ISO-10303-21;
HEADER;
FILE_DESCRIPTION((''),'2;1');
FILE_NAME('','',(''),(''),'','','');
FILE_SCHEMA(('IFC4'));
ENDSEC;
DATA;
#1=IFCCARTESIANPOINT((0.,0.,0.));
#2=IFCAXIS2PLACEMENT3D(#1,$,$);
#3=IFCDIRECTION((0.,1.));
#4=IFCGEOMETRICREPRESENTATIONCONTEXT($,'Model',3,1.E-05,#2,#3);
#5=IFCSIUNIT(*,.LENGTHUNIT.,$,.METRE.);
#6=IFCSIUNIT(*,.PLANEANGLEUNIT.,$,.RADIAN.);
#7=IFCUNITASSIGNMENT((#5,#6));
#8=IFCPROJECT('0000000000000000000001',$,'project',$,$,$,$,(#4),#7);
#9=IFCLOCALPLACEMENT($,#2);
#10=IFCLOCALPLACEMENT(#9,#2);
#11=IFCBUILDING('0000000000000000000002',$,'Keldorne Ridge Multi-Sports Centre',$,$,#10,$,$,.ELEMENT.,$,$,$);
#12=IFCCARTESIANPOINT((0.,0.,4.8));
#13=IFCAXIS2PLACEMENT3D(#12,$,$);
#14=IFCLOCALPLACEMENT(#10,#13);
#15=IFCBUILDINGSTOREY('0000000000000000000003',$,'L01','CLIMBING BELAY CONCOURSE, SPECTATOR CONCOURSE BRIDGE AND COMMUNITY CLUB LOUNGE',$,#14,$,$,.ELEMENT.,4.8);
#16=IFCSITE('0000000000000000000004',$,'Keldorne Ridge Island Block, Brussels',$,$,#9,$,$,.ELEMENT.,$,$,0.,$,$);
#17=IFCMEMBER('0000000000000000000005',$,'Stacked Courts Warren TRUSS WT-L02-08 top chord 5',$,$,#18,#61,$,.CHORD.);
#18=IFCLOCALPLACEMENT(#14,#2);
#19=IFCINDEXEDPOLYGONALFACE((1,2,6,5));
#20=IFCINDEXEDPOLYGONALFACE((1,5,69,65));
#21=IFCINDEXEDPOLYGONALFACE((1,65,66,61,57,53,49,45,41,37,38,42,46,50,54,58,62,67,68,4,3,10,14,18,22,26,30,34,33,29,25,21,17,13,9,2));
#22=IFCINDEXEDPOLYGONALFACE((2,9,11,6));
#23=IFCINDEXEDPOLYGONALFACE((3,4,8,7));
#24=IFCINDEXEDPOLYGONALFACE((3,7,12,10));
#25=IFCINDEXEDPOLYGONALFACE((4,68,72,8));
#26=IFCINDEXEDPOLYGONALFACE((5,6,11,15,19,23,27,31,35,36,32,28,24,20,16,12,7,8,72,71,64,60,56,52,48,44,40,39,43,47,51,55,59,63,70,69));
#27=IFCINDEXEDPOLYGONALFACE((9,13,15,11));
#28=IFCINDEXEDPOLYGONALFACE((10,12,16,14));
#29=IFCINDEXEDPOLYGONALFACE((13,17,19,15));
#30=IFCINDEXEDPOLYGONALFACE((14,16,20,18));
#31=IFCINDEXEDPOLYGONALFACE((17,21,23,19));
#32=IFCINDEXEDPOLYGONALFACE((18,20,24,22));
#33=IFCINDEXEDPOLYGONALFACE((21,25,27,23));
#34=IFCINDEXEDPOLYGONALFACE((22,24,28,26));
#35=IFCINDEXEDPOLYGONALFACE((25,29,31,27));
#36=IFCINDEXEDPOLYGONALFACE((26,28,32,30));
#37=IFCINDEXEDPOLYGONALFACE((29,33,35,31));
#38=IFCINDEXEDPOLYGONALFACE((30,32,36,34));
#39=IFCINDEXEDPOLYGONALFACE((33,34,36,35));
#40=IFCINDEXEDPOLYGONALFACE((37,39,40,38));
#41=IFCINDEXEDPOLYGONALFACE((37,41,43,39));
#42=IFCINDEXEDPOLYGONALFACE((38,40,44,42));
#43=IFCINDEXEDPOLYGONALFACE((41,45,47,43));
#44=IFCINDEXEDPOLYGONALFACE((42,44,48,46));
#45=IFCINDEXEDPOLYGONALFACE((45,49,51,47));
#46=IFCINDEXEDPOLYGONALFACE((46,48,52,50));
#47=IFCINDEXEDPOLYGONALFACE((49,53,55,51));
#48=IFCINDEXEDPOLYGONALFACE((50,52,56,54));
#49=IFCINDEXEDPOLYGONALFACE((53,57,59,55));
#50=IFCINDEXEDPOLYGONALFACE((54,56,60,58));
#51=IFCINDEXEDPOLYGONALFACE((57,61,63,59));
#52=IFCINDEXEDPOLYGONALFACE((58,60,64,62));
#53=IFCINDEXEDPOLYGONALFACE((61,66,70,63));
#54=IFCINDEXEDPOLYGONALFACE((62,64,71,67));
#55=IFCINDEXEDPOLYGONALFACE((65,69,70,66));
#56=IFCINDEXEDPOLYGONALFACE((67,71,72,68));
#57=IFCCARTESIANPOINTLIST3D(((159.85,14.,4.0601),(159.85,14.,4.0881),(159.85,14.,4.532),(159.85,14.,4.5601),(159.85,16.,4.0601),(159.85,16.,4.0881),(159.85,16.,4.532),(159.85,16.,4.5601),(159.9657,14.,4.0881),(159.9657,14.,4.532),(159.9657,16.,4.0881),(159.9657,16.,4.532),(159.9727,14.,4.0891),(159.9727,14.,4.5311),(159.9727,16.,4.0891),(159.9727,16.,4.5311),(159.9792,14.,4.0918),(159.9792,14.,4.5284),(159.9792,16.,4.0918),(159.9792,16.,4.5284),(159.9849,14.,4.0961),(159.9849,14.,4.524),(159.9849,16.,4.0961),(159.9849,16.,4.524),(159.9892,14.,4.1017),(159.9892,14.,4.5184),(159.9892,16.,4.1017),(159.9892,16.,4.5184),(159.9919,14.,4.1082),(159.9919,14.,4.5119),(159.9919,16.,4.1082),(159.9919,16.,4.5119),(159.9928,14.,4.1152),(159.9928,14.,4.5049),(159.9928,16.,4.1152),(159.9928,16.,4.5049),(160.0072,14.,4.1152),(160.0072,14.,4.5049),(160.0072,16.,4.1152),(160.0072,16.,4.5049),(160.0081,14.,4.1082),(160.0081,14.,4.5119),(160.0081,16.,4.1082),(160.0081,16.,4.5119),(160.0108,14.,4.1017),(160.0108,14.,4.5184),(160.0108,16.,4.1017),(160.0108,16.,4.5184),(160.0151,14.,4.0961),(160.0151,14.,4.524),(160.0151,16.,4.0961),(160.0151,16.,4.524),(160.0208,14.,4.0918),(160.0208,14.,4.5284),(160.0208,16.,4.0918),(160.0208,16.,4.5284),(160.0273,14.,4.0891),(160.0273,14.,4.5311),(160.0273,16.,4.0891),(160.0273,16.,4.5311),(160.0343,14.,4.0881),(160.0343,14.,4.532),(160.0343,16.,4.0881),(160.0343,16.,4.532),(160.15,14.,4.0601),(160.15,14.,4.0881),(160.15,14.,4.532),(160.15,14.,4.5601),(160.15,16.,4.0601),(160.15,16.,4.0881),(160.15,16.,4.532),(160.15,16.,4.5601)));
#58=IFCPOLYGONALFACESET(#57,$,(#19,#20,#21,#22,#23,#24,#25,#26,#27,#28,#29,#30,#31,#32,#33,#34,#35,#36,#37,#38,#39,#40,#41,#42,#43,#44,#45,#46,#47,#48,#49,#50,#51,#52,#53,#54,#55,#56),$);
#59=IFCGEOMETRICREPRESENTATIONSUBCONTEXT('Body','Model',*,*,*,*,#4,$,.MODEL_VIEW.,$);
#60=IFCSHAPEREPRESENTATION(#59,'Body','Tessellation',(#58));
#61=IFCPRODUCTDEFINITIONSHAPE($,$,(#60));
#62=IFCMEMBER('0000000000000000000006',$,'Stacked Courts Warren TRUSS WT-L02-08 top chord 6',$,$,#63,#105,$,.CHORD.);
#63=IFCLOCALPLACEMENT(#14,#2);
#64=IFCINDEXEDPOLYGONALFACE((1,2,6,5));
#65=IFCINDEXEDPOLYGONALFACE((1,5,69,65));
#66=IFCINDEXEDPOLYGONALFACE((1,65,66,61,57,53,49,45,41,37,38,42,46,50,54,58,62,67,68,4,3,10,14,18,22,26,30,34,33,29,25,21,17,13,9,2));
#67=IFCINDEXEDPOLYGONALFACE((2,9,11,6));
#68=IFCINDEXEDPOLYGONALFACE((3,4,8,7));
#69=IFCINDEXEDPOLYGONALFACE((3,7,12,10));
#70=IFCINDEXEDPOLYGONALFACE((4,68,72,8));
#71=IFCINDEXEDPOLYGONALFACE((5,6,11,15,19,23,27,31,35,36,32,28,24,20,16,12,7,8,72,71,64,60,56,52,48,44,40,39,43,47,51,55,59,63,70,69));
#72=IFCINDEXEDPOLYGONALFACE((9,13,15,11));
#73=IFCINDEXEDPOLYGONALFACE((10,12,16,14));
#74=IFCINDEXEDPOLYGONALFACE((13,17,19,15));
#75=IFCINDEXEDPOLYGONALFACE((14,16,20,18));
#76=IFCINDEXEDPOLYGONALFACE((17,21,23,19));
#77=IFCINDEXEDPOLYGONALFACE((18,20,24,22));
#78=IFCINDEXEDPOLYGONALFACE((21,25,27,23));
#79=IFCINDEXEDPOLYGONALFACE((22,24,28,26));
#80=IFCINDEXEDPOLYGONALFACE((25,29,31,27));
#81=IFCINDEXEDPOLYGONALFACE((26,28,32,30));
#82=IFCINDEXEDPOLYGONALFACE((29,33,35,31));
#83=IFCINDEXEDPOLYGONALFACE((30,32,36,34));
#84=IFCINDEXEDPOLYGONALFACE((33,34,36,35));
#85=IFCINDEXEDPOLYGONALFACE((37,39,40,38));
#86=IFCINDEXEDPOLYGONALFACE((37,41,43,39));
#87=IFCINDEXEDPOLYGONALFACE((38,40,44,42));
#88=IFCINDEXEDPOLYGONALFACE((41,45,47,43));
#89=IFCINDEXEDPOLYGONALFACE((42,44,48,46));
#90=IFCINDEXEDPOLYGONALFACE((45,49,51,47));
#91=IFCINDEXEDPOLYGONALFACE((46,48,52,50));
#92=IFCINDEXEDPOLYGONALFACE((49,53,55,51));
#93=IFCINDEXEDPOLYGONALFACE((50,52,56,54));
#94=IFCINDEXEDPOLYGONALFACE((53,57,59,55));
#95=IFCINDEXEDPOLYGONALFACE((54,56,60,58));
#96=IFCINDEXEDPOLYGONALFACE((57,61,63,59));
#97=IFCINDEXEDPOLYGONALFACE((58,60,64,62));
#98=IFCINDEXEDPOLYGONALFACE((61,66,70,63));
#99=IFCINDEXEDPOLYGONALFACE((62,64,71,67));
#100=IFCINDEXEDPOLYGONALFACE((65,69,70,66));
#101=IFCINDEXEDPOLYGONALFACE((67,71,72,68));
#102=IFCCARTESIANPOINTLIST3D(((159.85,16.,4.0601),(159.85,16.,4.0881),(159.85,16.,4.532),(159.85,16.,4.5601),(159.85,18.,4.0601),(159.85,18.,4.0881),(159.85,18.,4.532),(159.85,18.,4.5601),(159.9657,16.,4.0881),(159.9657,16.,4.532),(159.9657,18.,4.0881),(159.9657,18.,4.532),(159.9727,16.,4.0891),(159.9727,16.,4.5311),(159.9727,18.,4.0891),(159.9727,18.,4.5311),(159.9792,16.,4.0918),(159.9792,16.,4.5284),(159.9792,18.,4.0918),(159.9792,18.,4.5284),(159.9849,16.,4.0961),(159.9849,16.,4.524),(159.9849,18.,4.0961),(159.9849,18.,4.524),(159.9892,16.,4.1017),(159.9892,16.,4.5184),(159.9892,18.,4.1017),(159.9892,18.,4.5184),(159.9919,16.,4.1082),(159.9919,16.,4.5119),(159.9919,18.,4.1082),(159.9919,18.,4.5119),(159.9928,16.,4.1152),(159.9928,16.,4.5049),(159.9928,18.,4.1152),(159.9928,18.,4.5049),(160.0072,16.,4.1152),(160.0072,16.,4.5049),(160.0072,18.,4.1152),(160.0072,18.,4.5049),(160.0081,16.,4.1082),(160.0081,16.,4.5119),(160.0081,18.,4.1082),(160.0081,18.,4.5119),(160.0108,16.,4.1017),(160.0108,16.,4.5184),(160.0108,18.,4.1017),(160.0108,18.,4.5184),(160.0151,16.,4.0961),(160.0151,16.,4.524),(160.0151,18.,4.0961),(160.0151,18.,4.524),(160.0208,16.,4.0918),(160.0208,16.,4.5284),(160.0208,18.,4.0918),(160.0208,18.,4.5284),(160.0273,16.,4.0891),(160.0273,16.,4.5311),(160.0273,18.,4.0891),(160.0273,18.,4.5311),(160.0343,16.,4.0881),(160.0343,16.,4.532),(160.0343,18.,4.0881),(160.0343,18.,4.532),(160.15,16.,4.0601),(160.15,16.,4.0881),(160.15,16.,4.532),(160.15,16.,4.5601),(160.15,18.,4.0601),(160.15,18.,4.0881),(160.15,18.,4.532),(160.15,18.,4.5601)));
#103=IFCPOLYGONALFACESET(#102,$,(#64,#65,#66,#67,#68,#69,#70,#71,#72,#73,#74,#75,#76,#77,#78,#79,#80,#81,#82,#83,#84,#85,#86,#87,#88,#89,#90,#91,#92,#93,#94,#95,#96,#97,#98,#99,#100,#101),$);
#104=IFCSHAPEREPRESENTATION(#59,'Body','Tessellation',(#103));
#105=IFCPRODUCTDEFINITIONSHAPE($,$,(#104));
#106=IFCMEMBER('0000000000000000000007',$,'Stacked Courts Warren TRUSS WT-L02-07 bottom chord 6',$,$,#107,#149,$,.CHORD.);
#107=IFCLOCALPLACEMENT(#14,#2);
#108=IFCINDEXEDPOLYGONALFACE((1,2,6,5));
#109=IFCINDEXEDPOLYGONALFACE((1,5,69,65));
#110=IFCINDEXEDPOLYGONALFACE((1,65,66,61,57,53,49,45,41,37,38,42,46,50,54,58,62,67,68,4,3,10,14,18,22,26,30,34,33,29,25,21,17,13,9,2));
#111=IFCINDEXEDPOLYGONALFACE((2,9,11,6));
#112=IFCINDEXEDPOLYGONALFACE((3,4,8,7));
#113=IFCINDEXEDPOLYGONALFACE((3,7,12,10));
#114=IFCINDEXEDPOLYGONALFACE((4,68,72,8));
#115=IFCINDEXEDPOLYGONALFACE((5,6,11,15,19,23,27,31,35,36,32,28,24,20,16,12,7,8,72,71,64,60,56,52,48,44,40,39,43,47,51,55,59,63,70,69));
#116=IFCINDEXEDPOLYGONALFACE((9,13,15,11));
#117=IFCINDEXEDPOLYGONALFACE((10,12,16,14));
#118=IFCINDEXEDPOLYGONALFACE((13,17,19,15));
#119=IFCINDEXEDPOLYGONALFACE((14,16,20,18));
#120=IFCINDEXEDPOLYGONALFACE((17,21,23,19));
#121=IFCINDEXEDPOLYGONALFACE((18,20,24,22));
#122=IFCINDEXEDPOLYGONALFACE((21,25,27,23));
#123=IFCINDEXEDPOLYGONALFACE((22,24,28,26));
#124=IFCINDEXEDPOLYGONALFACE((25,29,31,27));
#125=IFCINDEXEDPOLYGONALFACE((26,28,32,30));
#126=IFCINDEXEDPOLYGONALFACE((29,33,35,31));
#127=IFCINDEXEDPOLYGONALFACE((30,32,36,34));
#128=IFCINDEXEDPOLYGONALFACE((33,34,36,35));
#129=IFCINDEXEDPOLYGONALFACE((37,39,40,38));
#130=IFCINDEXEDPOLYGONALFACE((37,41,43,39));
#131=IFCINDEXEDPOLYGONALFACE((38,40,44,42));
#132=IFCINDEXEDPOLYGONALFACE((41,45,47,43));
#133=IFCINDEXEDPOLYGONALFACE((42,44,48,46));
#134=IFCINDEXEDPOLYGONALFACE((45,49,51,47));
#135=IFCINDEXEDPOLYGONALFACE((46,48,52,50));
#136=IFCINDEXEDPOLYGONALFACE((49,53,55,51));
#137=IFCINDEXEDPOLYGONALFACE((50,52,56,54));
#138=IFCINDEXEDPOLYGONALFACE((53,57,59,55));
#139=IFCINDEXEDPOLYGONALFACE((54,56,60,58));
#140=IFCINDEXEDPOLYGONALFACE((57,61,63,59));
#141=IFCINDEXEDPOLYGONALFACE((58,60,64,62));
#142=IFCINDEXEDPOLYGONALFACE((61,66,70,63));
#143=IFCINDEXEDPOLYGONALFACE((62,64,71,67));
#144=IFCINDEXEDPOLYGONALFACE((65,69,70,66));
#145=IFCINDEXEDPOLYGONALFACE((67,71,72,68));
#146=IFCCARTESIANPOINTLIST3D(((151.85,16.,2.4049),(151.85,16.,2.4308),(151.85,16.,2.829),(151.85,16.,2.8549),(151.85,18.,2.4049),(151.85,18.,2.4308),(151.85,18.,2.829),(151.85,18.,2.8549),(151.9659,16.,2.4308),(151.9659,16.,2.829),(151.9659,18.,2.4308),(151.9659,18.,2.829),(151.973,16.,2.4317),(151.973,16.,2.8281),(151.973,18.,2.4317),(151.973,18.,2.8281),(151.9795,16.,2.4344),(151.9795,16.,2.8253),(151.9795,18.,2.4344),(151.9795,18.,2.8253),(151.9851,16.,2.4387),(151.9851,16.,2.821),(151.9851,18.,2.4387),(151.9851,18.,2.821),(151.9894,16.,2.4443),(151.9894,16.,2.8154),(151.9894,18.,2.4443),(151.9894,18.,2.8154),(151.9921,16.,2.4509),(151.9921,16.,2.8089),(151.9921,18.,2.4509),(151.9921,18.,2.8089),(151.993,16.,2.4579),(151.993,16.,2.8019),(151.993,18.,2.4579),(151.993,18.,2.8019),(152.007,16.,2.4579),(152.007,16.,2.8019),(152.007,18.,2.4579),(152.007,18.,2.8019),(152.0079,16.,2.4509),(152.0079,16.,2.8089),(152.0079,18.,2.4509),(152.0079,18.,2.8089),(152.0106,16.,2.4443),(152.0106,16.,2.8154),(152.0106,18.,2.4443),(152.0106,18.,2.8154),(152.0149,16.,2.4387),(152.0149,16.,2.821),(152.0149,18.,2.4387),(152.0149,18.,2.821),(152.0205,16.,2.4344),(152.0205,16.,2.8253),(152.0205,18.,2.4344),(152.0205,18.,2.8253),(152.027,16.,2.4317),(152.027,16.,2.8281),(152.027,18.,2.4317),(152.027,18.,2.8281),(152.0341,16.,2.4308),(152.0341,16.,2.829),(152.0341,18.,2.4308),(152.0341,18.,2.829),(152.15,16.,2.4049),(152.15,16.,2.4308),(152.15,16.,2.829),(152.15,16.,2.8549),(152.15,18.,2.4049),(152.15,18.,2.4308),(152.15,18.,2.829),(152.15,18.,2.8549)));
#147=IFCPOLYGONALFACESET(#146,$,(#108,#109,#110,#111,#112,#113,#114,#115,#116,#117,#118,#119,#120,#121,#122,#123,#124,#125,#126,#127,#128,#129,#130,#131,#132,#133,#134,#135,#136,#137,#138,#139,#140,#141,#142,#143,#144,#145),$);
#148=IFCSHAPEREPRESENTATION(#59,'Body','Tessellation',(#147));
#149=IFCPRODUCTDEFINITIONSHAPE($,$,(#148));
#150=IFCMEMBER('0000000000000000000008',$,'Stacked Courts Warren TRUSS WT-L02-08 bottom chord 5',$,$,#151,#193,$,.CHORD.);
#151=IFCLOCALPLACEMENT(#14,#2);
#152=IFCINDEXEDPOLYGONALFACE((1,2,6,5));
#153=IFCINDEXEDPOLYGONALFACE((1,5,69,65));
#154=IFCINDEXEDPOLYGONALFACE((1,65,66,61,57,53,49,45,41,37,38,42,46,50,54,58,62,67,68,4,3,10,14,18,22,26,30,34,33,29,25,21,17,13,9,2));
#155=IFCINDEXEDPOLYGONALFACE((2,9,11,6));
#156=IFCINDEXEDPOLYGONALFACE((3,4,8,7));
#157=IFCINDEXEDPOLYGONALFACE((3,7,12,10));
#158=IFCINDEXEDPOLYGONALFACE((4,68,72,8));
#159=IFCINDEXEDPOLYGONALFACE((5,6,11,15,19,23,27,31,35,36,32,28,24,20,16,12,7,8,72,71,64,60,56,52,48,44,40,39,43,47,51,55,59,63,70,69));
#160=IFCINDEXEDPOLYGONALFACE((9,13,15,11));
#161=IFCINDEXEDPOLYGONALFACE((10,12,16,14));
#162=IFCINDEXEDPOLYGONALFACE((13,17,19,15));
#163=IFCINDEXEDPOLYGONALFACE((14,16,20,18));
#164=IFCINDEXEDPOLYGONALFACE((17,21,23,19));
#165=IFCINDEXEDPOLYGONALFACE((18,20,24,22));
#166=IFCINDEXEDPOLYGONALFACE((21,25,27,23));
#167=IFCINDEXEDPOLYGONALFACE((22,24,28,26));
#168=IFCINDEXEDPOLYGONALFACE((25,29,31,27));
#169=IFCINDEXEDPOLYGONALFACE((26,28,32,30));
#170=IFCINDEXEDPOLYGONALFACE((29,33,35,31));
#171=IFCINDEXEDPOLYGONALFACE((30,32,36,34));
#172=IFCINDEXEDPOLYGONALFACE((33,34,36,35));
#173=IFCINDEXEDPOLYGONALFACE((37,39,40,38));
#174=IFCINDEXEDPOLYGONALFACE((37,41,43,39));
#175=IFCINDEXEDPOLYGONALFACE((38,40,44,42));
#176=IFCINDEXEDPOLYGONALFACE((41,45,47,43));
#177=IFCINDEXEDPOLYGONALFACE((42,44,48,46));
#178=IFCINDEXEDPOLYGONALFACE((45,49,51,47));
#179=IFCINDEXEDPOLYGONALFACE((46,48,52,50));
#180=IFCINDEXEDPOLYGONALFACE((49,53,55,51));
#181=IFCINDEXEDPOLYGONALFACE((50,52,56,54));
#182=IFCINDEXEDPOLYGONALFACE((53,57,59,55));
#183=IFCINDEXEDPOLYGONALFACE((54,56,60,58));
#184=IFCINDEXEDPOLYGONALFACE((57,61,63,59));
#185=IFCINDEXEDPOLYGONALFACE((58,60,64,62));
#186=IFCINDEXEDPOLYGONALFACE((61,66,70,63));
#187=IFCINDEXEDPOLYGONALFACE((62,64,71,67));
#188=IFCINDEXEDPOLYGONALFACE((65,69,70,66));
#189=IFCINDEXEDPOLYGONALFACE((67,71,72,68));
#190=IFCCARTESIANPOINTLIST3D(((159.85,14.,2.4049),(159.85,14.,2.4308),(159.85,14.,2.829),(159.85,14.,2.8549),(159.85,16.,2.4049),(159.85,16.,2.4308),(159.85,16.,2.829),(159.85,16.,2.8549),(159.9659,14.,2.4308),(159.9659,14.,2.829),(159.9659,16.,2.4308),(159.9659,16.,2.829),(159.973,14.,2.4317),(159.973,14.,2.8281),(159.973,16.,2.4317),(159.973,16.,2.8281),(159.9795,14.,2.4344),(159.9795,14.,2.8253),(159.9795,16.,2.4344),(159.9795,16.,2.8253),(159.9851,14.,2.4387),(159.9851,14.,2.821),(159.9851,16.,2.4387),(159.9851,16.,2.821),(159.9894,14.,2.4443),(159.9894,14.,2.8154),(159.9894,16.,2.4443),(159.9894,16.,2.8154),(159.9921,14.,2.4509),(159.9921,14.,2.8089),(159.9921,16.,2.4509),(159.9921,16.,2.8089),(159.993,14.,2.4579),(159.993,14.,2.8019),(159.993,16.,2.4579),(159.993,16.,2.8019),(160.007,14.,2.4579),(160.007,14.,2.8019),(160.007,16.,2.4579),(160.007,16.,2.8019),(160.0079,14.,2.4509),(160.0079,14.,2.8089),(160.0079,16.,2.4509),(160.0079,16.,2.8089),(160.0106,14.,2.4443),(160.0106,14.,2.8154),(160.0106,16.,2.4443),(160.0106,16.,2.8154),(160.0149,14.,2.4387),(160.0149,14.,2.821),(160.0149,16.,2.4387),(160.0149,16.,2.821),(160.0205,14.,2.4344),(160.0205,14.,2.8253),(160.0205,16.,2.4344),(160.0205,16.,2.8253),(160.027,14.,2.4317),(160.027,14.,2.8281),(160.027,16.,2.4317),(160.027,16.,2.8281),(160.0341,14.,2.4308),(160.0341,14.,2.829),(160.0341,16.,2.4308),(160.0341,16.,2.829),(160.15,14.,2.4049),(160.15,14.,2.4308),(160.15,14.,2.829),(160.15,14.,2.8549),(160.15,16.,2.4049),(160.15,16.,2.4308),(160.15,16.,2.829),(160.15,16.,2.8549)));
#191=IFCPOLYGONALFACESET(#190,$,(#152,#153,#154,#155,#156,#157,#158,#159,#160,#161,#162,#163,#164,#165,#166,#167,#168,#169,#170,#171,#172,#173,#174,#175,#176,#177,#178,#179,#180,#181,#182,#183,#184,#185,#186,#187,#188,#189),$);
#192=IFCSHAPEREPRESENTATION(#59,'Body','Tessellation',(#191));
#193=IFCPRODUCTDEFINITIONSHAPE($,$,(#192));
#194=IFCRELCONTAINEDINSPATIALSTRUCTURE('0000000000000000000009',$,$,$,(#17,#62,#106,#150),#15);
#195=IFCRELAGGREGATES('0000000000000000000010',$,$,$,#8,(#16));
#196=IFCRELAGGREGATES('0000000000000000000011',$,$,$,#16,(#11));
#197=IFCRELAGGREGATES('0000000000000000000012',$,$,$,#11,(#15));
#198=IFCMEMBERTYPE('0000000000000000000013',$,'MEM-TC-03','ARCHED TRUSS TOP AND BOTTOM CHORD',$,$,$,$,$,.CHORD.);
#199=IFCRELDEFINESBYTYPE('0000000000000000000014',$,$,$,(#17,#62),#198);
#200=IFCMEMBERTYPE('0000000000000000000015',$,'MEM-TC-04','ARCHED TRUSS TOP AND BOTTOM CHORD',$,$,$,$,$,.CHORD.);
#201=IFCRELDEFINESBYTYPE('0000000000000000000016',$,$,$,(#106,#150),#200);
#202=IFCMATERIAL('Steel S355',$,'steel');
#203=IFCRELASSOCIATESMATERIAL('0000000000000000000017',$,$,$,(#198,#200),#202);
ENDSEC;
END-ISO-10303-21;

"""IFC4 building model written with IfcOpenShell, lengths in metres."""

from ifc_helpers import new_model, si_unit, direction, frame, origin, origin_2d, place, context, subcontext, project, spatial, i_section, extrude, material, material_profile, profile_set, type_object, element, save


model = new_model("IFC4")

# Units and contexts
model_context = context("Model", 3, precision=1e-05, world=origin(), true_north=direction((0.0, 1.0)))
body_context = subcontext(model_context, "Body", "Model", "MODEL_VIEW")
ifc_project = project(units=[si_unit("LENGTHUNIT", "METRE"), si_unit("PLANEANGLEUNIT", "RADIAN")], contexts=[model_context])

# Site, building, storey
site_placement = place(None, origin())
site = spatial("IfcSite", under=ifc_project, at=site_placement, Name="Keldorne Ridge Island Block, Brussels", CompositionType="ELEMENT", RefElevation=0.0)
building_placement = place(site_placement, origin())
building = spatial("IfcBuilding", under=site, at=building_placement, Name="Keldorne Ridge Multi-Sports Centre", CompositionType="ELEMENT")
storey_placement = place(building_placement, frame((0.0, 0.0, 4.8)))
storey = spatial("IfcBuildingStorey", under=building, at=storey_placement, Name="L01", Description="CLIMBING BELAY CONCOURSE, SPECTATOR CONCOURSE BRIDGE AND COMMUNITY CLUB LOUNGE", CompositionType="ELEMENT", Elevation=4.8)

# Shared definitions
ifc_material_1 = material(Name="Steel S355", Category="steel")

# Members
ifc_material_profile_1 = material_profile(ifc_material_1, i_section(OverallWidth=0.3, OverallDepth=0.5, WebThickness=0.0144, FlangeThickness=0.0281, FilletRadius=0.0271, at=origin_2d()), Name="HEB 500")
ifc_profile_set_1 = profile_set([ifc_material_profile_1], Name="Steel S355")
member_type_1 = type_object("IfcMemberType", Name="MEM-TC-03", Description="ARCHED TRUSS TOP AND BOTTOM CHORD", PredefinedType="CHORD", material=ifc_profile_set_1)
for number, where, z_axis, x_axis, name in (
    (1, (160.0, 14.0, 4.3101), (0.0, 1.0, 0.0), (-1.0, 0.0, 0.0), "Stacked Courts Warren TRUSS WT-L02-08 top chord 5"),
    (2, (160.0, 16.0, 4.3101), (0.0, 1.0, 0.0), (-1.0, 0.0, 0.0), "Stacked Courts Warren TRUSS WT-L02-08 top chord 6"),
):
    element("IfcMember", number, at=place(storey_placement, frame(where, z_axis=z_axis, x_axis=x_axis)), inside=storey, type_object=member_type_1, Name=name, PredefinedType="CHORD", context=body_context, shape_type="SweptSolid", body=[
        extrude(i_section(OverallWidth=0.3, OverallDepth=0.5, WebThickness=0.0144, FlangeThickness=0.0281, FilletRadius=0.0271, at=origin_2d()), origin(), (0.0, 0.0, 1.0), 2.0),
    ])
ifc_material_profile_2 = material_profile(ifc_material_1, i_section(OverallWidth=0.3, OverallDepth=0.45, WebThickness=0.0139, FlangeThickness=0.0259, FilletRadius=0.0271, at=origin_2d()), Name="HEB 450")
ifc_profile_set_2 = profile_set([ifc_material_profile_2], Name="Steel S355")
member_type_2 = type_object("IfcMemberType", Name="MEM-TC-04", Description="ARCHED TRUSS TOP AND BOTTOM CHORD", PredefinedType="CHORD", material=ifc_profile_set_2)
for number, where, z_axis, x_axis, name in (
    (3, (152.0, 16.0, 2.6299), (0.0, 1.0, 0.0), (-1.0, 0.0, 0.0), "Stacked Courts Warren TRUSS WT-L02-07 bottom chord 6"),
    (4, (160.0, 14.0, 2.6299), (0.0, 1.0, 0.0), (-1.0, 0.0, 0.0), "Stacked Courts Warren TRUSS WT-L02-08 bottom chord 5"),
):
    element("IfcMember", number, at=place(storey_placement, frame(where, z_axis=z_axis, x_axis=x_axis)), inside=storey, type_object=member_type_2, Name=name, PredefinedType="CHORD", context=body_context, shape_type="SweptSolid", body=[
        extrude(i_section(OverallWidth=0.3, OverallDepth=0.45, WebThickness=0.0139, FlangeThickness=0.0259, FilletRadius=0.0271, at=origin_2d()), origin(), (0.0, 0.0, 1.0), 2.0),
    ])

save(model, "model.ifc")
